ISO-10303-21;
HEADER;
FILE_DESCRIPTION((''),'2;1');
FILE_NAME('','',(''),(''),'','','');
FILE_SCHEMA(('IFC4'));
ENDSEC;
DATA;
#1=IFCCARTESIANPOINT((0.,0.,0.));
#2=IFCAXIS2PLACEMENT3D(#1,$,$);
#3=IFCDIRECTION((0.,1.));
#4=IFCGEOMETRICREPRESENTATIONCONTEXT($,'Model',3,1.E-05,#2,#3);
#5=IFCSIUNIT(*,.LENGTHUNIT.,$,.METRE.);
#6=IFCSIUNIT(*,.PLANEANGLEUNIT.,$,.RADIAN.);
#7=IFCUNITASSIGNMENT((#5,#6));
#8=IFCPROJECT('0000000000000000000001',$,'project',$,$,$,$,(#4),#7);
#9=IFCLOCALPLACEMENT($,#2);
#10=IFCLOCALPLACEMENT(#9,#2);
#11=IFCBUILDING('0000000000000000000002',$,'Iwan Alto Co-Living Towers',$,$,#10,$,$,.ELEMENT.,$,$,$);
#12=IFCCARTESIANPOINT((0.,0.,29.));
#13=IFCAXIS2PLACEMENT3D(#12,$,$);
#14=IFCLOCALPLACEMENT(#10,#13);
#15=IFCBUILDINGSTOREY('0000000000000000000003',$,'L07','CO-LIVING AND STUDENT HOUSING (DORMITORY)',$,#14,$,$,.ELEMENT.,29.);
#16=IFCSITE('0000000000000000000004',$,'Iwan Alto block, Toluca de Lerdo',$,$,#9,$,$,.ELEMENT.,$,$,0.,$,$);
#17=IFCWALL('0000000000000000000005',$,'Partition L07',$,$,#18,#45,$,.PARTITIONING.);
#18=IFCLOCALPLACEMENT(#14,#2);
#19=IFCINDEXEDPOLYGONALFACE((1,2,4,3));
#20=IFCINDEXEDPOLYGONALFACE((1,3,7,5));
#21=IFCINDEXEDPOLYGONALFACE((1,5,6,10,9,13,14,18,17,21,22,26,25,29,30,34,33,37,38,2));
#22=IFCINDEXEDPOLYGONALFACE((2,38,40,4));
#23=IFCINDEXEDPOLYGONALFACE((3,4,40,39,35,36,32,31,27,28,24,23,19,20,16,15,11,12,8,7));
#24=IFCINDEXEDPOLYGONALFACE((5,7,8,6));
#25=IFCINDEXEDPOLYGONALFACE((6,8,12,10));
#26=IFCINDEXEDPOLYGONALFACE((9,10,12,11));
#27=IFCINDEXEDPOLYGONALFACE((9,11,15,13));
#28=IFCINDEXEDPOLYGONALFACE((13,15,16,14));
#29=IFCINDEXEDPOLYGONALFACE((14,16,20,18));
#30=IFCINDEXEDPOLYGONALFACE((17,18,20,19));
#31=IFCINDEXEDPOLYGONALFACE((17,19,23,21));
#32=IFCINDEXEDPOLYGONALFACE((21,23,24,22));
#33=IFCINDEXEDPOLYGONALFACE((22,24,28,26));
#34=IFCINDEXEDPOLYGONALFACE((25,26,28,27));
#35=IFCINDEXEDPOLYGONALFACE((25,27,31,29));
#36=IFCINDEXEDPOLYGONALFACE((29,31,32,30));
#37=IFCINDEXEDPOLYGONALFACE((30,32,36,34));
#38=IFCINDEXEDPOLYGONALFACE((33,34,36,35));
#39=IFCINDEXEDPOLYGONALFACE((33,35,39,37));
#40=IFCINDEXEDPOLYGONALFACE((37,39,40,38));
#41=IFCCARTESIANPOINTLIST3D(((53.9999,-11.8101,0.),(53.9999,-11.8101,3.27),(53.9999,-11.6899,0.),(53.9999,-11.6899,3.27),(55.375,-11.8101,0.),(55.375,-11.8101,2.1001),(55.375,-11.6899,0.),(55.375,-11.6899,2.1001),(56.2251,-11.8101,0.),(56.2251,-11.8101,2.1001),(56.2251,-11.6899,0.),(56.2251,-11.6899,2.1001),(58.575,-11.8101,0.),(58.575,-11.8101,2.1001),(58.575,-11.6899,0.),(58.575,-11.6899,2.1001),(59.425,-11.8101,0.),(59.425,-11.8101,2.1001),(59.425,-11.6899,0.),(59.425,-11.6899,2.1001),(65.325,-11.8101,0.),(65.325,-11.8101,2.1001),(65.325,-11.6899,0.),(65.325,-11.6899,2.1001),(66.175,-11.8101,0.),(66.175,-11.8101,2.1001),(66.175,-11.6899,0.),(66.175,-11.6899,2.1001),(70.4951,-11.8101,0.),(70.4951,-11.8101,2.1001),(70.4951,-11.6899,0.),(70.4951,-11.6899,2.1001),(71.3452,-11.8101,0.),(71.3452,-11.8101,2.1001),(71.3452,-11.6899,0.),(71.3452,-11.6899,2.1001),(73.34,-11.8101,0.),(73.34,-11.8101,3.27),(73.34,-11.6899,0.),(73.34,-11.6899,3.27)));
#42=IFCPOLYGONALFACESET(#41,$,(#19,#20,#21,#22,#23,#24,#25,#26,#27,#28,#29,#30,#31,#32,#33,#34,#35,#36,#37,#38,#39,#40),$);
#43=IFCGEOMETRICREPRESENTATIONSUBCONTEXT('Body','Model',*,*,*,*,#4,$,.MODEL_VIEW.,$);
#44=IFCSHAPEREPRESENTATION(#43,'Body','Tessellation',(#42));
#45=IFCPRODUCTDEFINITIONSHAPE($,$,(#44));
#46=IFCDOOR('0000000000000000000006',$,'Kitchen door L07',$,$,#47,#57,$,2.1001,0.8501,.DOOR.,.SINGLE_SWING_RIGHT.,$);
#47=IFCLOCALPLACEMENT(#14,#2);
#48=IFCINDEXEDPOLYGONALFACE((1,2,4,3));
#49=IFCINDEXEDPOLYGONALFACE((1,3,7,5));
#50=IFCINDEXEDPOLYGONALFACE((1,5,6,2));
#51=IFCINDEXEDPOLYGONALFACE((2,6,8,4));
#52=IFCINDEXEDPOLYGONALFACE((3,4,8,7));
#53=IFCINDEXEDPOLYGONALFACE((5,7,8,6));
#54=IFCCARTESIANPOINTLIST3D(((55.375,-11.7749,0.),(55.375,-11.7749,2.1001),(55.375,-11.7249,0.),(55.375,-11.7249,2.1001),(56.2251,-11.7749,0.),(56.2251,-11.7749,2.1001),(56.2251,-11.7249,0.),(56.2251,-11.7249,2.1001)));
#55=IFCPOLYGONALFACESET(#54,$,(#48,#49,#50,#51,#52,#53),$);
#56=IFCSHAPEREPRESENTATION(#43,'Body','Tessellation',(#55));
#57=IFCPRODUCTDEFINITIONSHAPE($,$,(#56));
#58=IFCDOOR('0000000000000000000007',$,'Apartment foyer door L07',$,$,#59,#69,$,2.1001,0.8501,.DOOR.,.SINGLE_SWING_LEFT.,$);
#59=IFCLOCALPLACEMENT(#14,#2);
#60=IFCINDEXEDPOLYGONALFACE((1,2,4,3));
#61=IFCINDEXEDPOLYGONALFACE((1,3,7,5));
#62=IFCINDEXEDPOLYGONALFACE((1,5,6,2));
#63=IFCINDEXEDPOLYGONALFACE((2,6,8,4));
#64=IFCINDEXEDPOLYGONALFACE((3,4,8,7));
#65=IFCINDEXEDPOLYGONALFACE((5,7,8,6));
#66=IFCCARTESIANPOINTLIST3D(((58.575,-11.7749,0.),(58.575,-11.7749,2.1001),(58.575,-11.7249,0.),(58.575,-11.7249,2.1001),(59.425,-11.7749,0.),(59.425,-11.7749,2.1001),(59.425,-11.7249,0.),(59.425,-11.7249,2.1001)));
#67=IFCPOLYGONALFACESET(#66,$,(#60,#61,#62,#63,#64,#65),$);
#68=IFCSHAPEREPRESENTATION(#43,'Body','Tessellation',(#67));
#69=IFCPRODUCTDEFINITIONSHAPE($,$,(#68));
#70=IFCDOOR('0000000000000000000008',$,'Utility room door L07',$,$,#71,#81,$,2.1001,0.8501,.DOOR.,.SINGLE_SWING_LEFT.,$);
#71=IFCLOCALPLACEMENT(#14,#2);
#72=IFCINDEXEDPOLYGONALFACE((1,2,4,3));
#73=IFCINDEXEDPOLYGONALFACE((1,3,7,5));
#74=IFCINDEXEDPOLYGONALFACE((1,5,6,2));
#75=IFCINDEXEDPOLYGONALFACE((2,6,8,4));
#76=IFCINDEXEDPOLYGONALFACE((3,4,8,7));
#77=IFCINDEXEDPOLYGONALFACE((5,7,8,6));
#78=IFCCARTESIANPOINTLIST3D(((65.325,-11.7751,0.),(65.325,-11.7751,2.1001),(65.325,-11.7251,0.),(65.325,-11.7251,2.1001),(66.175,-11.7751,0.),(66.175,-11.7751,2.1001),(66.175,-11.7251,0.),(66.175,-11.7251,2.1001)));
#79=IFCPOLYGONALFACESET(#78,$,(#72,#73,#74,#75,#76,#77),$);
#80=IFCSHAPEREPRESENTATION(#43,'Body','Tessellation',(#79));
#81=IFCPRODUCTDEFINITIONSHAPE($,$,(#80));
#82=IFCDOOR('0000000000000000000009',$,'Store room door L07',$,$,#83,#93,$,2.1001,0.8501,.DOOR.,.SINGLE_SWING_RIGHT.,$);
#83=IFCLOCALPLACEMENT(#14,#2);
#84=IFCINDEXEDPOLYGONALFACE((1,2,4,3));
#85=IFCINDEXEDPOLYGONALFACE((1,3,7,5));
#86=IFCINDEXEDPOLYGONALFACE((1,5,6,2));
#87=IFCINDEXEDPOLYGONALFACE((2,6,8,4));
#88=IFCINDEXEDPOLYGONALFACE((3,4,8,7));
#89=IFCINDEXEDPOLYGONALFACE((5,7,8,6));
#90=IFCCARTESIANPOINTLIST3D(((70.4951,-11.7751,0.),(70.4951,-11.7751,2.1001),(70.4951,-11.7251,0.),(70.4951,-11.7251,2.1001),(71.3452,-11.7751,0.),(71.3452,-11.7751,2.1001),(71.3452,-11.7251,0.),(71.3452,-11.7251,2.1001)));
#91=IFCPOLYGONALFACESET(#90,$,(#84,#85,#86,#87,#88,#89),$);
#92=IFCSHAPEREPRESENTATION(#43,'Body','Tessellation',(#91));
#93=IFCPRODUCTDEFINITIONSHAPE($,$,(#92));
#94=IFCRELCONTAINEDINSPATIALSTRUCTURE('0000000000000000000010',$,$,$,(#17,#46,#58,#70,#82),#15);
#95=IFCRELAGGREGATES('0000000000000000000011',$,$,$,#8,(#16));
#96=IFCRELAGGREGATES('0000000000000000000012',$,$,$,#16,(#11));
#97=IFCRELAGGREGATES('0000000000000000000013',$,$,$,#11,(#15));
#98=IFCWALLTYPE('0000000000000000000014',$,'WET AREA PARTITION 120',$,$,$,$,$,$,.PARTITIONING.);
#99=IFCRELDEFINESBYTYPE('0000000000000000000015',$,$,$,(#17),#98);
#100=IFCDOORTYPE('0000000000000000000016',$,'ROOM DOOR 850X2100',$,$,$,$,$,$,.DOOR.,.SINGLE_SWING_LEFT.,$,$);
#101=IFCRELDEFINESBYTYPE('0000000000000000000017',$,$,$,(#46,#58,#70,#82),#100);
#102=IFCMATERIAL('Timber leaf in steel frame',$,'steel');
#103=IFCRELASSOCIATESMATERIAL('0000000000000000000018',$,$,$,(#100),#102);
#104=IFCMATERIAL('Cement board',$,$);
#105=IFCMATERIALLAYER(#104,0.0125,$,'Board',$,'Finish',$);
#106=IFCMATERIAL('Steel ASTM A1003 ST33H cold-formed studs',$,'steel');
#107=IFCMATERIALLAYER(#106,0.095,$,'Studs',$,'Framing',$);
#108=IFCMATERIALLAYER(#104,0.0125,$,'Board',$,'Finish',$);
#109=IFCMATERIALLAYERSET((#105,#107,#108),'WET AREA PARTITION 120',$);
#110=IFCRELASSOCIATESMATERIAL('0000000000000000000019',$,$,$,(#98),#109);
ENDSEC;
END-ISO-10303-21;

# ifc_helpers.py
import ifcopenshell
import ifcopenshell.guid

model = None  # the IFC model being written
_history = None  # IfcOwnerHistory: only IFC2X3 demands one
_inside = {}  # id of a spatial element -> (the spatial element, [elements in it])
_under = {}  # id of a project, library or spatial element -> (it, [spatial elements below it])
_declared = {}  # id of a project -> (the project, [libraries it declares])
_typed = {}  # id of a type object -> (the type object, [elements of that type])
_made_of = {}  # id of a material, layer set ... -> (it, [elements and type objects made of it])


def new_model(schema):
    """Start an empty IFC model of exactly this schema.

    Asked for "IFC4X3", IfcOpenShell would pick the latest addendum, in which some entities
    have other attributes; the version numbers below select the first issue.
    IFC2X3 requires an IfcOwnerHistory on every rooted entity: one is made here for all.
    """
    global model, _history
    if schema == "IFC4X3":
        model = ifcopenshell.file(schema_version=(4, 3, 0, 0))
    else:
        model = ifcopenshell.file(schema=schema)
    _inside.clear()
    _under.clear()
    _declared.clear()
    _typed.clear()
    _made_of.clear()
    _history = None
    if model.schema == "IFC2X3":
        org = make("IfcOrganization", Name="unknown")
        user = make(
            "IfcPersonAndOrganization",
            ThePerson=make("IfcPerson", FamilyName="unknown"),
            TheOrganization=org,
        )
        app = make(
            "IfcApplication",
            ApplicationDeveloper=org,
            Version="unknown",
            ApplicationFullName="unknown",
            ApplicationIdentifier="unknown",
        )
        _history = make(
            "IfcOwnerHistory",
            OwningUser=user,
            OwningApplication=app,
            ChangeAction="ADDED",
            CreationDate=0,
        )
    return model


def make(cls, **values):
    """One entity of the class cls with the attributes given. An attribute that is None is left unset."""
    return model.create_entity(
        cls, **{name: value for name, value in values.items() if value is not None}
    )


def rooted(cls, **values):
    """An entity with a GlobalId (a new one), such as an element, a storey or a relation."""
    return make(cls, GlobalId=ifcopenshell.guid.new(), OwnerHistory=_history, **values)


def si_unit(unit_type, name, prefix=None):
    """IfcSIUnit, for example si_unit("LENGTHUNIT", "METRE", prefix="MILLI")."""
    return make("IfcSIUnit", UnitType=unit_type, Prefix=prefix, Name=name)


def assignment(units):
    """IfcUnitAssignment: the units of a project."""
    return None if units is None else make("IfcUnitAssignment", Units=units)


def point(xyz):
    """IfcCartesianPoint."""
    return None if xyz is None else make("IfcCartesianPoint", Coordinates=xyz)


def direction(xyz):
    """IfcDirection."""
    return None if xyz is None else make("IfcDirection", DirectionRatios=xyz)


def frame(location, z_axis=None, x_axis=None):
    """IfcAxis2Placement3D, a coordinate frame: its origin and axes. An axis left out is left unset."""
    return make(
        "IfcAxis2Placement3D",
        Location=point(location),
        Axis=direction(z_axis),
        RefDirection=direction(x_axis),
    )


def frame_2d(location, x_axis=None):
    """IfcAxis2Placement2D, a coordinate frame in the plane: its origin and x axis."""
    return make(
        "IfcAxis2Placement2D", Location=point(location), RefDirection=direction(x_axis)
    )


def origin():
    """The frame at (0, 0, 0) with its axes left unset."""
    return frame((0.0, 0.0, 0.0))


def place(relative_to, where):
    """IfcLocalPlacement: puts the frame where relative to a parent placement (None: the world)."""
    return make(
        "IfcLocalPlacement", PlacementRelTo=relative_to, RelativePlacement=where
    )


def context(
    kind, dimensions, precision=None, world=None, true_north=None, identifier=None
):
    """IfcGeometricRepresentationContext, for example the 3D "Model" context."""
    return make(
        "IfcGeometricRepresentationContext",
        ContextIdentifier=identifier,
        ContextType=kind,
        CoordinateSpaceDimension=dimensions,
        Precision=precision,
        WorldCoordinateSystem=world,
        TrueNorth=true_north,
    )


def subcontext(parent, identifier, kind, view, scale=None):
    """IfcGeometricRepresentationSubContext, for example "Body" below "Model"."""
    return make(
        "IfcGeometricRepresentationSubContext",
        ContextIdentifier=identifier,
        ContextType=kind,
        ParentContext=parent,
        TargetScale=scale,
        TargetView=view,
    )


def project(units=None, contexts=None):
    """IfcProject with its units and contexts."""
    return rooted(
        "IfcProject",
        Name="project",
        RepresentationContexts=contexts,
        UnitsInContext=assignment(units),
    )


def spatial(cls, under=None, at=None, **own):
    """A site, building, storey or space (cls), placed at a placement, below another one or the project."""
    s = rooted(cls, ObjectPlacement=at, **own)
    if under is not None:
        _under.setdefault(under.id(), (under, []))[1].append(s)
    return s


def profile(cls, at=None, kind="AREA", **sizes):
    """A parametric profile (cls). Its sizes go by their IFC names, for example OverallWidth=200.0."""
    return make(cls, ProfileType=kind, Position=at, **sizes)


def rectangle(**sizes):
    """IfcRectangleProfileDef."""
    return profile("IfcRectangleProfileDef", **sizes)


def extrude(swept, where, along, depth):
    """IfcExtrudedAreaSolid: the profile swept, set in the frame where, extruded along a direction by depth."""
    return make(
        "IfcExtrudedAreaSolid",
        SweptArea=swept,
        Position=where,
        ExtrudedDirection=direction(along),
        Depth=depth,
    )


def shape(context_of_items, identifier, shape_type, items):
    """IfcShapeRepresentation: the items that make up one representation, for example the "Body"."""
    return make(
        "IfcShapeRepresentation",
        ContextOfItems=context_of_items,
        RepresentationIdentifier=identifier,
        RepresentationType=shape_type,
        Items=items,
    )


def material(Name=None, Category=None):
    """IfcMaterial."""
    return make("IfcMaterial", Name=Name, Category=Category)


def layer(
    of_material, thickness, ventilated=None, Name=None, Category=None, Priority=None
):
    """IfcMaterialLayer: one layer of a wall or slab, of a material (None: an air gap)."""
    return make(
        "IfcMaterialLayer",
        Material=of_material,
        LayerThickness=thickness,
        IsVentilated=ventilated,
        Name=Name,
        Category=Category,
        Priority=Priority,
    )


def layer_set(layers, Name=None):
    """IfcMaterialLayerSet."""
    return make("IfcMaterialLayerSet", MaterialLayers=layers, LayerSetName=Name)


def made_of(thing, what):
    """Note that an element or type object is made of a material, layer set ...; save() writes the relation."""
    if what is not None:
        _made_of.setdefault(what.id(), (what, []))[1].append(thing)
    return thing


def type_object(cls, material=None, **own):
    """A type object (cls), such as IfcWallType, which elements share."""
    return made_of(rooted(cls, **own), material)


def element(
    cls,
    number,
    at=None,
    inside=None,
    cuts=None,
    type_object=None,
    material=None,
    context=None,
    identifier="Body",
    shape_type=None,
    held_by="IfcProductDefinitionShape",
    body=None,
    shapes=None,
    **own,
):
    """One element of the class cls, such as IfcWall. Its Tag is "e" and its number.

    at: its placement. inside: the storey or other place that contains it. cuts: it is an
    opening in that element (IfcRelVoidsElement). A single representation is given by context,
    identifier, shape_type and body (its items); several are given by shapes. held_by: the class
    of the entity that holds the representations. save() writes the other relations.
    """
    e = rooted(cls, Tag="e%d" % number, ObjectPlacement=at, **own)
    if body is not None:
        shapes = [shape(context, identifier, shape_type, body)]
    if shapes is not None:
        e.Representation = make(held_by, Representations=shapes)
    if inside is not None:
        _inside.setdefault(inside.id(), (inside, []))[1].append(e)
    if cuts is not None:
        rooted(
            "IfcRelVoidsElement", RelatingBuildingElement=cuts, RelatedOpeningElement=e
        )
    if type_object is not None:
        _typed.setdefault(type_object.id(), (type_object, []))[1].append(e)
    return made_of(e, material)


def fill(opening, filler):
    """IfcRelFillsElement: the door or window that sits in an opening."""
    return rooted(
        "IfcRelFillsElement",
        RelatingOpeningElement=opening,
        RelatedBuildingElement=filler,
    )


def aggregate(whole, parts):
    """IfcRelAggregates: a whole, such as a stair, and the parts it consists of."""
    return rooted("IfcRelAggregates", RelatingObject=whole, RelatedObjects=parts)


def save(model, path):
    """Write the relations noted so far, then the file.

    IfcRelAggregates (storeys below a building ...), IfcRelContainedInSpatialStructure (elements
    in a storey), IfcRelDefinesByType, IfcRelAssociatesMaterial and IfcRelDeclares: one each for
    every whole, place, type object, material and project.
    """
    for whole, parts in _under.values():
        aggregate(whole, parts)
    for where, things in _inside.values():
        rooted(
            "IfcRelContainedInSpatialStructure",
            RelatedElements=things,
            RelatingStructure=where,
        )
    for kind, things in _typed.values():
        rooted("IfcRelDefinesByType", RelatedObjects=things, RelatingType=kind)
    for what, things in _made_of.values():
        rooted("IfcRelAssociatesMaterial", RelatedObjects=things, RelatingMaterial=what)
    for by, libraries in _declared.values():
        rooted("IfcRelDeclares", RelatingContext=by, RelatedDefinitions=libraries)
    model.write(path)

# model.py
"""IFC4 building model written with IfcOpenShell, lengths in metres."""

from ifc_helpers import new_model, si_unit, direction, frame, frame_2d, origin, place, context, subcontext, project, spatial, rectangle, extrude, material, layer, layer_set, type_object, element, fill, save


model = new_model("IFC4")

# Units and contexts
model_context = context("Model", 3, precision=1e-05, world=origin(), true_north=direction((0.0, 1.0)))
body_context = subcontext(model_context, "Body", "Model", "MODEL_VIEW")
ifc_project = project(units=[si_unit("LENGTHUNIT", "METRE"), si_unit("PLANEANGLEUNIT", "RADIAN")], contexts=[model_context])

# Site, building, storey
site_placement = place(None, origin())
site = spatial("IfcSite", under=ifc_project, at=site_placement, Name="Iwan Alto block, Toluca de Lerdo", CompositionType="ELEMENT", RefElevation=0.0)
building_placement = place(site_placement, origin())
building = spatial("IfcBuilding", under=site, at=building_placement, Name="Iwan Alto Co-Living Towers", CompositionType="ELEMENT")
storey_placement = place(building_placement, frame((0.0, 0.0, 29.0)))
storey = spatial("IfcBuildingStorey", under=building, at=storey_placement, Name="L07", Description="CO-LIVING AND STUDENT HOUSING (DORMITORY)", CompositionType="ELEMENT", Elevation=29.0)

# Shared definitions
ifc_material_1 = material(Name="Steel ASTM A1003 ST33H cold-formed studs", Category="steel")

# Shared definitions
ifc_material_2 = material(Name="Timber leaf in steel frame", Category="steel")
door_type = type_object("IfcDoorType", Name="ROOM DOOR 850X2100", OperationType="SINGLE_SWING_LEFT", PredefinedType="DOOR", material=ifc_material_2)

# Shared definitions
ifc_material_3 = material(Name="Cement board")
ifc_layer_1 = layer(ifc_material_3, 0.0125, Name="Board", Category="Finish")
ifc_layer_2 = layer(ifc_material_1, 0.095, Name="Studs", Category="Framing")
ifc_layer_3 = layer(ifc_material_3, 0.0125, Name="Board", Category="Finish")
ifc_layer_set_1 = layer_set([ifc_layer_1, ifc_layer_2, ifc_layer_3], Name="WET AREA PARTITION 120")
wall_type_1 = type_object("IfcWallType", Name="WET AREA PARTITION 120", PredefinedType="PARTITIONING", material=ifc_layer_set_1)

# Wall, openings, doors
wall_1_placement = place(storey_placement, frame((54.0, -11.75, 0.0), z_axis=(0.0, 0.0, 1.0), x_axis=(1.0, 0.0, 0.0)))
wall_1 = element("IfcWall", 1, at=wall_1_placement, inside=storey, type_object=wall_type_1, Name="Partition L07", PredefinedType="PARTITIONING", context=body_context, shape_type="SweptSolid", body=[
    extrude(rectangle(XDim=19.3401, YDim=0.1201, at=frame_2d((9.6699, 0.0))), origin(), (0.0, 0.0, 1.0), 3.27),
])
opening_1_placement = place(wall_1_placement, frame((1.375, 0.0, 0.0)))
opening_1 = element("IfcOpeningElement", 2, at=opening_1_placement, cuts=wall_1, PredefinedType="OPENING", context=body_context, shape_type="SweptSolid", body=[
    extrude(rectangle(XDim=0.8501, YDim=2.1001, at=frame_2d((0.425, 1.05))), frame((0.0, 0.0701, 0.0), z_axis=(0.0, -1.0, 0.0), x_axis=(1.0, 0.0, 0.0)), (0.0, 0.0, 1.0), 0.1401),
])
opening_2_placement = place(wall_1_placement, frame((4.575, 0.0, 0.0)))
opening_2 = element("IfcOpeningElement", 3, at=opening_2_placement, cuts=wall_1, PredefinedType="OPENING", context=body_context, shape_type="SweptSolid", body=[
    extrude(rectangle(XDim=0.8501, YDim=2.1001, at=frame_2d((0.425, 1.05))), frame((0.0, 0.0701, 0.0), z_axis=(0.0, -1.0, 0.0), x_axis=(1.0, 0.0, 0.0)), (0.0, 0.0, 1.0), 0.1401),
])
opening_3_placement = place(wall_1_placement, frame((11.325, 0.0, 0.0)))
opening_3 = element("IfcOpeningElement", 4, at=opening_3_placement, cuts=wall_1, PredefinedType="OPENING", context=body_context, shape_type="SweptSolid", body=[
    extrude(rectangle(XDim=0.8501, YDim=2.1001, at=frame_2d((0.425, 1.05))), frame((0.0, 0.0701, 0.0), z_axis=(0.0, -1.0, 0.0), x_axis=(1.0, 0.0, 0.0)), (0.0, 0.0, 1.0), 0.1401),
])
opening_4_placement = place(wall_1_placement, frame((16.4951, 0.0, 0.0)))
opening_4 = element("IfcOpeningElement", 5, at=opening_4_placement, cuts=wall_1, PredefinedType="OPENING", context=body_context, shape_type="SweptSolid", body=[
    extrude(rectangle(XDim=0.8501, YDim=2.1001, at=frame_2d((0.425, 1.05))), frame((0.0, 0.0701, 0.0), z_axis=(0.0, -1.0, 0.0), x_axis=(1.0, 0.0, 0.0)), (0.0, 0.0, 1.0), 0.1401),
])
door_1_placement = place(opening_1_placement, frame((0.8501, 0.0, 0.0), z_axis=(0.0, 0.0, 1.0), x_axis=(-1.0, 0.0, 0.0)))
door_1 = element("IfcDoor", 6, at=door_1_placement, inside=storey, type_object=door_type, Name="Kitchen door L07", OperationType="SINGLE_SWING_RIGHT", OverallHeight=2.1001, OverallWidth=0.8501, PredefinedType="DOOR", context=body_context, shape_type="SweptSolid", body=[
    extrude(rectangle(XDim=0.8501, YDim=2.1001, at=frame_2d((0.425, 1.05))), frame((0.0, 0.0249, 0.0), z_axis=(0.0, -1.0, 0.0), x_axis=(1.0, 0.0, 0.0)), (0.0, 0.0, 1.0), 0.05),
])
fill(opening_1, door_1)
door_2_placement = place(opening_2_placement, frame((0.8501, 0.0, 0.0), z_axis=(0.0, 0.0, 1.0), x_axis=(-1.0, 0.0, 0.0)))
door_2 = element("IfcDoor", 7, at=door_2_placement, inside=storey, type_object=door_type, Name="Apartment foyer door L07", OperationType="SINGLE_SWING_LEFT", OverallHeight=2.1001, OverallWidth=0.8501, PredefinedType="DOOR", context=body_context, shape_type="SweptSolid", body=[
    extrude(rectangle(XDim=0.8501, YDim=2.1001, at=frame_2d((0.425, 1.05))), frame((0.0, 0.0249, 0.0), z_axis=(0.0, -1.0, 0.0), x_axis=(1.0, 0.0, 0.0)), (0.0, 0.0, 1.0), 0.05),
])
fill(opening_2, door_2)
door_3_placement = place(opening_3_placement, origin())
door_3 = element("IfcDoor", 8, at=door_3_placement, inside=storey, type_object=door_type, Name="Utility room door L07", OperationType="SINGLE_SWING_LEFT", OverallHeight=2.1001, OverallWidth=0.8501, PredefinedType="DOOR", context=body_context, shape_type="SweptSolid", body=[
    extrude(rectangle(XDim=0.8501, YDim=2.1001, at=frame_2d((0.425, 1.05))), frame((0.0, 0.0249, 0.0), z_axis=(0.0, -1.0, 0.0), x_axis=(1.0, 0.0, 0.0)), (0.0, 0.0, 1.0), 0.05),
])
fill(opening_3, door_3)
door_4_placement = place(opening_4_placement, origin())
door_4 = element("IfcDoor", 9, at=door_4_placement, inside=storey, type_object=door_type, Name="Store room door L07", OperationType="SINGLE_SWING_RIGHT", OverallHeight=2.1001, OverallWidth=0.8501, PredefinedType="DOOR", context=body_context, shape_type="SweptSolid", body=[
    extrude(rectangle(XDim=0.8501, YDim=2.1001, at=frame_2d((0.425, 1.05))), frame((0.0, 0.0249, 0.0), z_axis=(0.0, -1.0, 0.0), x_axis=(1.0, 0.0, 0.0)), (0.0, 0.0, 1.0), 0.05),
])
fill(opening_4, door_4)

save(model, "model.ifc")
